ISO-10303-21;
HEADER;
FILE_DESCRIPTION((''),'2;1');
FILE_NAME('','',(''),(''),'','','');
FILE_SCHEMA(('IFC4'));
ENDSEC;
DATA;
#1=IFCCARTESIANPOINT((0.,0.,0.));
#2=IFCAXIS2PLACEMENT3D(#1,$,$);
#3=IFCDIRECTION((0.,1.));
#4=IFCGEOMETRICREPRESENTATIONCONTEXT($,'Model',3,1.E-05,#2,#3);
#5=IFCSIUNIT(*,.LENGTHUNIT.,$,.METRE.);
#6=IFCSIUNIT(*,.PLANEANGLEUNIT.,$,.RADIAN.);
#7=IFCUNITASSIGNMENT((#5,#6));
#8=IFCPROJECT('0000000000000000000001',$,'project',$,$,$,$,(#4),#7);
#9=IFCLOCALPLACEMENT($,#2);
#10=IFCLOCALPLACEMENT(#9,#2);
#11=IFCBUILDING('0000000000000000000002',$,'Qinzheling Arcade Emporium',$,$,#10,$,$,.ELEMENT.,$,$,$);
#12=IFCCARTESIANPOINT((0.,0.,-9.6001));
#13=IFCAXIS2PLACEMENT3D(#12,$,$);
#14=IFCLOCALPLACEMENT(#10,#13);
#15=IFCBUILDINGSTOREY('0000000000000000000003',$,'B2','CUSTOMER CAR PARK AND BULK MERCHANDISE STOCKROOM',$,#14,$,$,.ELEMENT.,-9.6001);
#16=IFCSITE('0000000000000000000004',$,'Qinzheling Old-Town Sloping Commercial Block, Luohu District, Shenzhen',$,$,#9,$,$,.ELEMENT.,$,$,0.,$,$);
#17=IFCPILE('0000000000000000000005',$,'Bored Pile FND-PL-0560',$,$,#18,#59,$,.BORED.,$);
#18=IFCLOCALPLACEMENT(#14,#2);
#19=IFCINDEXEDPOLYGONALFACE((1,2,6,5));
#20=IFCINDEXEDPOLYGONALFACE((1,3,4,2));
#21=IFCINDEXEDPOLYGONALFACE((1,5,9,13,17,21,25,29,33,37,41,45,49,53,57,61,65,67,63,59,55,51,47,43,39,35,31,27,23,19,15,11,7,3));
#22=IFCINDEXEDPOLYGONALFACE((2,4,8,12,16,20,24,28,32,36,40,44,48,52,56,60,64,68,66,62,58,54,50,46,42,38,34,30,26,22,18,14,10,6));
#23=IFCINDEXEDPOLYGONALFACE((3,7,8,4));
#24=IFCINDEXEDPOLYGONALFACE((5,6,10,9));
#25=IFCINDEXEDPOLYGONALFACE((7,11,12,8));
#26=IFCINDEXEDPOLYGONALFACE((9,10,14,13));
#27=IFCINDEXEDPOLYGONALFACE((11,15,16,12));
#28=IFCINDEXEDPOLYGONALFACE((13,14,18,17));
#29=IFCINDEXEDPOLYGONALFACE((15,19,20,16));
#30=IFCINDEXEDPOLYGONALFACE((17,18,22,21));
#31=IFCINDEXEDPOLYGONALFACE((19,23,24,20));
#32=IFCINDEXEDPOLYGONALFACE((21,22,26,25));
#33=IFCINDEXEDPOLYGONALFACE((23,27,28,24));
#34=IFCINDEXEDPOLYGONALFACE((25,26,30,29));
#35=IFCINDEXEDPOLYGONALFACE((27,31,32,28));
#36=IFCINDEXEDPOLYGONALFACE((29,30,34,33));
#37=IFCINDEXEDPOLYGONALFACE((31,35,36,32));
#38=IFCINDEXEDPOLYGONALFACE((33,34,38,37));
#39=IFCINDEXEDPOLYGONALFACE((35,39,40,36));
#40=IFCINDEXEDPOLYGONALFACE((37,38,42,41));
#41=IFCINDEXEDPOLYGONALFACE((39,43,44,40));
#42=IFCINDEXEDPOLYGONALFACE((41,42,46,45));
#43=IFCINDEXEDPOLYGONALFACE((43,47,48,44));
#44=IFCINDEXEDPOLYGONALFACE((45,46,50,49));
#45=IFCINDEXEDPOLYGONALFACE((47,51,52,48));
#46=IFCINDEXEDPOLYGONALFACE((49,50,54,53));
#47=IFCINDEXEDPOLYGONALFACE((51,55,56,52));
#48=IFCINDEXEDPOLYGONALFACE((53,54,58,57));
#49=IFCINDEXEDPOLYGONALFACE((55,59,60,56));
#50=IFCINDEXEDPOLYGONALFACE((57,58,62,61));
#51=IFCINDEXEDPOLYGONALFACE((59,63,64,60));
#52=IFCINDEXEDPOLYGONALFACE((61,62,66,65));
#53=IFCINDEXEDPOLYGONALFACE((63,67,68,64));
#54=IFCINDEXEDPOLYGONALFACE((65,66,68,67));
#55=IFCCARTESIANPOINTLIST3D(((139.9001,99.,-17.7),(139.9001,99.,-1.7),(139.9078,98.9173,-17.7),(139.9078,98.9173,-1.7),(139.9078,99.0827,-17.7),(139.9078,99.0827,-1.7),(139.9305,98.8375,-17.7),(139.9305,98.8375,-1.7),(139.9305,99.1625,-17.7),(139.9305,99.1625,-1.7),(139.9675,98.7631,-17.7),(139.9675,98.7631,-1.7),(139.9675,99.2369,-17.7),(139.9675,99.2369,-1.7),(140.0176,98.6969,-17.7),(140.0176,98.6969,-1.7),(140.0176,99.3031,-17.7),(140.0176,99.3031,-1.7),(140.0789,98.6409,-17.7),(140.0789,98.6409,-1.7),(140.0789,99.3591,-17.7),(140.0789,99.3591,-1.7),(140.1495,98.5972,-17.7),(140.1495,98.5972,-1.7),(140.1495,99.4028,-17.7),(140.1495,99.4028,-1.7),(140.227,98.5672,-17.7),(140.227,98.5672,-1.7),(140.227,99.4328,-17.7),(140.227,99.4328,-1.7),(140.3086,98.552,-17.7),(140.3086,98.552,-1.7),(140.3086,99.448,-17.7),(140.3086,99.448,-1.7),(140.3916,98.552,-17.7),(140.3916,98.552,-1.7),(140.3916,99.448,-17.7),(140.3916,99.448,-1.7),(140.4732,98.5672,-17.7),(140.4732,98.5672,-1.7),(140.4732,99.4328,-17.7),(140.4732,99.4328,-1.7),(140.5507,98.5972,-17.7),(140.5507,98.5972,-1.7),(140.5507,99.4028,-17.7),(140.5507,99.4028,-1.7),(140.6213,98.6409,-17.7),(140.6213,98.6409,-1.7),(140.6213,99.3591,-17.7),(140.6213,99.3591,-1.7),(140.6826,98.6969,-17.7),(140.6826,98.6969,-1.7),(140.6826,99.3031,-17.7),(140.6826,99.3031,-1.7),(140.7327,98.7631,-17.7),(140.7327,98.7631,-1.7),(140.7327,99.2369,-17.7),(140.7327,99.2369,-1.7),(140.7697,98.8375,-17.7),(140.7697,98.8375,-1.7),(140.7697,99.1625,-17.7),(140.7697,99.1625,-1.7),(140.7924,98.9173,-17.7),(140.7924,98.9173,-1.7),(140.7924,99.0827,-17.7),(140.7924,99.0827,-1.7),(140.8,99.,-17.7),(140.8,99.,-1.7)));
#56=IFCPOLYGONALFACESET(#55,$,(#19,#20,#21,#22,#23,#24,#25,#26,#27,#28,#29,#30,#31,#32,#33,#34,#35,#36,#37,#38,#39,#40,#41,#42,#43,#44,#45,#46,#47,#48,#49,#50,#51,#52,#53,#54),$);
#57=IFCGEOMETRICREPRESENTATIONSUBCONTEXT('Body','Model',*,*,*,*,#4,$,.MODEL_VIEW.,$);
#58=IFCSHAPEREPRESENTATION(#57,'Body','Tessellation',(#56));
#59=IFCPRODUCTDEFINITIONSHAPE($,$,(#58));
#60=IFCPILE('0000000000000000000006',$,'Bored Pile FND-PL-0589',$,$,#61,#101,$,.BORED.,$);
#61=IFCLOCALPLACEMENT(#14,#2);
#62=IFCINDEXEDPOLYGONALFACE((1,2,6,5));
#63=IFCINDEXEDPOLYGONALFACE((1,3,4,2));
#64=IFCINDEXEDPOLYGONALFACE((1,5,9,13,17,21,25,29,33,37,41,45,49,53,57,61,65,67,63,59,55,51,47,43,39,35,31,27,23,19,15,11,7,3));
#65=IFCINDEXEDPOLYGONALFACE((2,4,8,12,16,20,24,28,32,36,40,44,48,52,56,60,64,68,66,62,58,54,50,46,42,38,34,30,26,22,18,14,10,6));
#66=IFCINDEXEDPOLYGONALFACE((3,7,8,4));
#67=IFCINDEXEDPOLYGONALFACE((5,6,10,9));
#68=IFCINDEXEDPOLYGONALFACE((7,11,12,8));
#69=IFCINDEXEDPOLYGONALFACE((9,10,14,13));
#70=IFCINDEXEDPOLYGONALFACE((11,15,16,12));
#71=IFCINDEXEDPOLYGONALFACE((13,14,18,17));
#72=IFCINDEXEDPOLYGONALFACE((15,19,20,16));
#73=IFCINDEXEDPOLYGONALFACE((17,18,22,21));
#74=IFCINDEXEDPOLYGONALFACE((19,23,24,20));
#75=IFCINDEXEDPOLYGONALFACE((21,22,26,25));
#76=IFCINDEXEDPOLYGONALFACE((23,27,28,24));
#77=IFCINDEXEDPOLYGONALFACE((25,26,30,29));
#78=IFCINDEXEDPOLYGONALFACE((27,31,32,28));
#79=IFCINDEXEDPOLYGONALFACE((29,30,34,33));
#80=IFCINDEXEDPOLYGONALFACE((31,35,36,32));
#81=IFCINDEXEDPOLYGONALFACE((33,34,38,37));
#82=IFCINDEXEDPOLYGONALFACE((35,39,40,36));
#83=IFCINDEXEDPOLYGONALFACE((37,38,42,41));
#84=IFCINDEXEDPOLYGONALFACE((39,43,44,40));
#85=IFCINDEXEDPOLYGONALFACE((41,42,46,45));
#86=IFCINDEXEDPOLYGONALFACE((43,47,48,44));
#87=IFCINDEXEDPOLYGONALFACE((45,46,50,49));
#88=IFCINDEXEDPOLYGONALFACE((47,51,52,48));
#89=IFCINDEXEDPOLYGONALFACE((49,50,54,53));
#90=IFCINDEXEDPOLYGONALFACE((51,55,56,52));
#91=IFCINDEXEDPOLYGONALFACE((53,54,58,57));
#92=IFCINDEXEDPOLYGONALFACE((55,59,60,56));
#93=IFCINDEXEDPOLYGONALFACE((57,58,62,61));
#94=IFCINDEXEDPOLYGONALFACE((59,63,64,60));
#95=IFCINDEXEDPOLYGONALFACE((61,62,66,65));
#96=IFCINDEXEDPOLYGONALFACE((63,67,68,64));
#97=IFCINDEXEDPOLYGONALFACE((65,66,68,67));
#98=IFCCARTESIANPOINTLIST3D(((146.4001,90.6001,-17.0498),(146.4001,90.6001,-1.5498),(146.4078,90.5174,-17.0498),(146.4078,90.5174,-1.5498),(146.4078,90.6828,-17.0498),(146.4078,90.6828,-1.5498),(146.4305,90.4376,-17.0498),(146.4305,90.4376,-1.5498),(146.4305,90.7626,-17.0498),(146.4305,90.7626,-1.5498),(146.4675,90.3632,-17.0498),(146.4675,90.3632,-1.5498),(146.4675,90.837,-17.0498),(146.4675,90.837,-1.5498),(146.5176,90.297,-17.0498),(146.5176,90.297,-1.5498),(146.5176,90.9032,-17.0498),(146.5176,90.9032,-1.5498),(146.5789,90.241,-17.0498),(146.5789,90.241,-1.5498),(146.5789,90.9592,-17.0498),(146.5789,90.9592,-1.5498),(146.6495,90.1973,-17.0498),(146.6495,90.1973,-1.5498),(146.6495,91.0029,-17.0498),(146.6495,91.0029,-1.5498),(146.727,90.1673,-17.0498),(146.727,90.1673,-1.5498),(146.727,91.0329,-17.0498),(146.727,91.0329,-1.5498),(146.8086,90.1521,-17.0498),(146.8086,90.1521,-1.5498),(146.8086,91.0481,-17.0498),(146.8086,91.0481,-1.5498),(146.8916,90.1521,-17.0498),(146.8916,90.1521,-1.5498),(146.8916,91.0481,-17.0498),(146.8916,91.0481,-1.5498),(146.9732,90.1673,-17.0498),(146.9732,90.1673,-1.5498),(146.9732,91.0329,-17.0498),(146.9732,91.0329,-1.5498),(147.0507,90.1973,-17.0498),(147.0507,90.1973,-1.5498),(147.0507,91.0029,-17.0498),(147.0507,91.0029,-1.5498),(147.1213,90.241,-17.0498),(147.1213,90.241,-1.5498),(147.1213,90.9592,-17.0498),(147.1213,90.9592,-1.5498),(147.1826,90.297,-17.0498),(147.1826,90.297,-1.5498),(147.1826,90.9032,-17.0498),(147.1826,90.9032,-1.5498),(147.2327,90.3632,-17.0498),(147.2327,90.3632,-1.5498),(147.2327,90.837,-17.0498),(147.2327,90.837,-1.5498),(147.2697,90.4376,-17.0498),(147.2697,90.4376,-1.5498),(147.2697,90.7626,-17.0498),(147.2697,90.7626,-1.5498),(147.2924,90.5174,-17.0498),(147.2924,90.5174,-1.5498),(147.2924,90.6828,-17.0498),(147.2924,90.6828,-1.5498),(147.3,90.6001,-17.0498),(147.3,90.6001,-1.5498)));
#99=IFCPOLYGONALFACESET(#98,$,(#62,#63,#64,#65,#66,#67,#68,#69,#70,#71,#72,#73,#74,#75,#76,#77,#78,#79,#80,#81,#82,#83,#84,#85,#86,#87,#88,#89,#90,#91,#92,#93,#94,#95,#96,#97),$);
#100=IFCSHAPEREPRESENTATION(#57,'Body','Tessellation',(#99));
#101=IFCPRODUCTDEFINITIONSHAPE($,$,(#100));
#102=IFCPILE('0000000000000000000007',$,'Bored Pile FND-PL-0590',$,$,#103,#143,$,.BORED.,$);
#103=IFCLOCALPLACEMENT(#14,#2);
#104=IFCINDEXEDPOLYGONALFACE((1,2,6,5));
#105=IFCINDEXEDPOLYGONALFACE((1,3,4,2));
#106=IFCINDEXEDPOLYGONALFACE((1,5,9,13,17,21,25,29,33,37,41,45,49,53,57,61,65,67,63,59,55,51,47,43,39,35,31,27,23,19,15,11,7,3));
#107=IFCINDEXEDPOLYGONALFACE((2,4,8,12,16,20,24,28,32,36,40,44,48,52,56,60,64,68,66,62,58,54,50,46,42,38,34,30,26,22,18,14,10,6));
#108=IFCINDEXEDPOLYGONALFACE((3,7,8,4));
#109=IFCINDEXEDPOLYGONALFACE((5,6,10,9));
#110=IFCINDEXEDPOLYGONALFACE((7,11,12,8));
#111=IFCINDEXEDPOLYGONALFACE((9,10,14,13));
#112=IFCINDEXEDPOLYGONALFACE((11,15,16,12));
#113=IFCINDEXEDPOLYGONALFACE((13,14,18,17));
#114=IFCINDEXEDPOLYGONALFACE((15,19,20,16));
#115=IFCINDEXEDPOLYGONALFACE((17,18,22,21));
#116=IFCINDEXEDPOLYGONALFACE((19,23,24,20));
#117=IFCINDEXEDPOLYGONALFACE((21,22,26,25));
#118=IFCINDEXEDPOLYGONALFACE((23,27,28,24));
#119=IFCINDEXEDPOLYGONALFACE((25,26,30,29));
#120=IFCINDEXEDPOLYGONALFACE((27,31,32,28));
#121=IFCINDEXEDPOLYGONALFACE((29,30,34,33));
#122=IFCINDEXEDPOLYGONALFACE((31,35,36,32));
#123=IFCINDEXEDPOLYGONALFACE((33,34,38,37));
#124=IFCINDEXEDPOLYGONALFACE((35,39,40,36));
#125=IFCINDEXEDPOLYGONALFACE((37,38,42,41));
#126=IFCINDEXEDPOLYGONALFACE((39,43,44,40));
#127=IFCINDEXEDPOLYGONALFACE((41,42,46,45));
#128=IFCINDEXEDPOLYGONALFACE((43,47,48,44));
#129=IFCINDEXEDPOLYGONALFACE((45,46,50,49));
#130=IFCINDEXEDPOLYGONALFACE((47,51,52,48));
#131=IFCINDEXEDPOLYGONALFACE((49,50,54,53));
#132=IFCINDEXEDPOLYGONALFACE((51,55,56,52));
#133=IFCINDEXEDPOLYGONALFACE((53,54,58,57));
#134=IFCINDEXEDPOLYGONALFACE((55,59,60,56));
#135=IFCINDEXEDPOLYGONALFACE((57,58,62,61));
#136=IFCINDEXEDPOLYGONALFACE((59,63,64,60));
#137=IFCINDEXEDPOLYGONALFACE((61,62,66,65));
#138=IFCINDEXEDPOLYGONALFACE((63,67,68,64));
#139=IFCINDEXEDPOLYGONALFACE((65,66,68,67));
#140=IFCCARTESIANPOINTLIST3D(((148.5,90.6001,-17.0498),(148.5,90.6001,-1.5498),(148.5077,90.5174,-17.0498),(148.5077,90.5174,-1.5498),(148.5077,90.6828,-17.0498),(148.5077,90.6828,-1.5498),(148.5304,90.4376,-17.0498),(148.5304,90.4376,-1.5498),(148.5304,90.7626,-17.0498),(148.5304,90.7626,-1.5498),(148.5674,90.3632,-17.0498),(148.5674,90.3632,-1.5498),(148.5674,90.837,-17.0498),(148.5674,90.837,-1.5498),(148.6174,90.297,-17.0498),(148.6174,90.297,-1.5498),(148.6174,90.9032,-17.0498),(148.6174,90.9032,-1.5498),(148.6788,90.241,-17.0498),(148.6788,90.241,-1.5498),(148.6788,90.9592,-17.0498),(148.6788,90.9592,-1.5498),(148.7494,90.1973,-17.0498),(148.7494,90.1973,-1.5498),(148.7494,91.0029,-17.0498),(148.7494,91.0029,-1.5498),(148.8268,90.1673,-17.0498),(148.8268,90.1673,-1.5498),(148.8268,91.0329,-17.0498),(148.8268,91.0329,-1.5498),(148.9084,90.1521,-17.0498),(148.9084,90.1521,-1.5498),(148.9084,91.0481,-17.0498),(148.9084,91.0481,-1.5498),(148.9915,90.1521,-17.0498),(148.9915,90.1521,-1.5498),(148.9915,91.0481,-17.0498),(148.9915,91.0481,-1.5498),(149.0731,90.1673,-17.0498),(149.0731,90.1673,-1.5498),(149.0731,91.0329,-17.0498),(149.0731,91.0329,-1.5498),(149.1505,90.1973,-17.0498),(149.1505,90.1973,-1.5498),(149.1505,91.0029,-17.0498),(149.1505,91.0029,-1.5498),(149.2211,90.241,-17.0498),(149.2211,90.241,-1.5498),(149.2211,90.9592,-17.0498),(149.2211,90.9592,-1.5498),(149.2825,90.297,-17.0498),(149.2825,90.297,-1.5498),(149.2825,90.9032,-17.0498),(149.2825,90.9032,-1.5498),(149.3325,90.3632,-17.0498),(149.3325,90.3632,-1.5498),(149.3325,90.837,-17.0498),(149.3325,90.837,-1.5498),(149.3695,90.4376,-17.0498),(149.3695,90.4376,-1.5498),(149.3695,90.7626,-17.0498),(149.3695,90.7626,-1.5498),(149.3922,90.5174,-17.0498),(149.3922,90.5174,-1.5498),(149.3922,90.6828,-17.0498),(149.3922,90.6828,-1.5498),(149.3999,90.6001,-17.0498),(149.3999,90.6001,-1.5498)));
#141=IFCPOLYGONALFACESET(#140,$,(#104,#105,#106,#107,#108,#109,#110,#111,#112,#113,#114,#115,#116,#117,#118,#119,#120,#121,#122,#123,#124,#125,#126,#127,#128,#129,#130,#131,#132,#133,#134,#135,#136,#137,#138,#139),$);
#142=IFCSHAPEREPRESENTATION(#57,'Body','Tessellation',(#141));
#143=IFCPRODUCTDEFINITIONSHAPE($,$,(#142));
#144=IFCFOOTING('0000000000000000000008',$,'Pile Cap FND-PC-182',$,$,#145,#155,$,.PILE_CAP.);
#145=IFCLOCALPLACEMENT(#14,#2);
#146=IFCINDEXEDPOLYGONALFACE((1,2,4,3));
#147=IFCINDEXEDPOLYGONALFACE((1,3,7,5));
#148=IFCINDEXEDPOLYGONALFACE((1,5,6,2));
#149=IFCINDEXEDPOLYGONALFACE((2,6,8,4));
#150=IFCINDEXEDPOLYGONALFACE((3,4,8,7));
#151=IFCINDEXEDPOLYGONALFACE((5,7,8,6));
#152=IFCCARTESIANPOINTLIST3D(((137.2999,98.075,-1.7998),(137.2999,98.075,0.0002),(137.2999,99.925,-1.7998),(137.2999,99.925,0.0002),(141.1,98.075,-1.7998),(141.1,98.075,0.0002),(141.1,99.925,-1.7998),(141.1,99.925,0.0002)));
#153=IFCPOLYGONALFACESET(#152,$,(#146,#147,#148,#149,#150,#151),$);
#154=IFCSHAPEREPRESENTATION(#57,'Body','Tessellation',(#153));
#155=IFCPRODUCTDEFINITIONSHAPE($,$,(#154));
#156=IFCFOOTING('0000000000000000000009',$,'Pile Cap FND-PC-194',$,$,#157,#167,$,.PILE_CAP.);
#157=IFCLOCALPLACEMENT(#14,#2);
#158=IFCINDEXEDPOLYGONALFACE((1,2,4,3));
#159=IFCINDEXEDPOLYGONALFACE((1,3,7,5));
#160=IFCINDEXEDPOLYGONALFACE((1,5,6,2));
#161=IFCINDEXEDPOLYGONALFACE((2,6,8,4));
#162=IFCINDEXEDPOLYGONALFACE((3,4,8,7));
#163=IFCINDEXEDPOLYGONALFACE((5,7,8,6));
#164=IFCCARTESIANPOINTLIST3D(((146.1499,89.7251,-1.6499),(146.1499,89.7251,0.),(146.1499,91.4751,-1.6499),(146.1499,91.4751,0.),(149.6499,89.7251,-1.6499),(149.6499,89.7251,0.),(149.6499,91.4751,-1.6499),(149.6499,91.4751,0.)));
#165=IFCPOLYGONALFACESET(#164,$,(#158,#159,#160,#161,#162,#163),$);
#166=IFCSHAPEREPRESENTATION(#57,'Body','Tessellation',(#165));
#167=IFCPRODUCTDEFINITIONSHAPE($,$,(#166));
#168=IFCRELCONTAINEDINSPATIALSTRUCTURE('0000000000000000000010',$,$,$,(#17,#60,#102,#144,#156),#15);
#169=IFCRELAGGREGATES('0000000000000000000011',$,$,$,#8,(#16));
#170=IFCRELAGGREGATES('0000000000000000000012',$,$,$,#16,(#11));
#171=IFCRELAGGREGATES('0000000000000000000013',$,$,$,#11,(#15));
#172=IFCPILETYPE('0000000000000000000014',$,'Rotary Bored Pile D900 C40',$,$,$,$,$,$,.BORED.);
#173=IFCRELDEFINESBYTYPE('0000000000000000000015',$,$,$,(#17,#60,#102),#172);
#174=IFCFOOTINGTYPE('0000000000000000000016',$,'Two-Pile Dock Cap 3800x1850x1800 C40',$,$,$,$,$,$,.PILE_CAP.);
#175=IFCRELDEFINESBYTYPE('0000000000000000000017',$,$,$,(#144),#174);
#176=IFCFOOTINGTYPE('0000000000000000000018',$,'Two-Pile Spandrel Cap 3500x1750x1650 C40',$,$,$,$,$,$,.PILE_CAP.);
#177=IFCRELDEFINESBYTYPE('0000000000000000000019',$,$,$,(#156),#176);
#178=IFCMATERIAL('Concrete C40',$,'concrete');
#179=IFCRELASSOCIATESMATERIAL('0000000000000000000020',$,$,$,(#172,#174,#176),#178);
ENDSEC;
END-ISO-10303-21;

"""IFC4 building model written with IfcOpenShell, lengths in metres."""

from ifc_helpers import new_model, si_unit, direction, frame, origin, origin_2d, place, context, subcontext, project, spatial, rectangle, circle, extrude, material, material_profile, profile_set, type_object, element, save


model = new_model("IFC4")

# Units and contexts
model_context = context("Model", 3, precision=1e-05, world=origin(), true_north=direction((0.0, 1.0)))
body_context = subcontext(model_context, "Body", "Model", "MODEL_VIEW")
ifc_project = project(units=[si_unit("LENGTHUNIT", "METRE"), si_unit("PLANEANGLEUNIT", "RADIAN")], contexts=[model_context])

# Site, building, storey
site_placement = place(None, origin())
site = spatial("IfcSite", under=ifc_project, at=site_placement, Name="Qinzheling Old-Town Sloping Commercial Block, Luohu District, Shenzhen", CompositionType="ELEMENT", RefElevation=0.0)
building_placement = place(site_placement, origin())
building = spatial("IfcBuilding", under=site, at=building_placement, Name="Qinzheling Arcade Emporium", CompositionType="ELEMENT")
storey_placement = place(building_placement, frame((0.0, 0.0, -9.6001)))
storey = spatial("IfcBuildingStorey", under=building, at=storey_placement, Name="B2", Description="CUSTOMER CAR PARK AND BULK MERCHANDISE STOCKROOM", CompositionType="ELEMENT", Elevation=-9.6001)

# Shared definitions
ifc_material_1 = material(Name="Concrete C40", Category="concrete")

# Piles
ifc_material_profile_1 = material_profile(ifc_material_1, circle(Radius=0.45, at=origin_2d()), Name="BORED D900", Category="concrete")
ifc_profile_set_1 = profile_set([ifc_material_profile_1], Name="Concrete C40")
pile_type_1 = type_object("IfcPileType", Name="Rotary Bored Pile D900 C40", PredefinedType="BORED", material=ifc_profile_set_1)
for number, where, z_axis, x_axis, name in (
    (1, (140.3501, 99.0, -1.7), (0.0, 0.0, -1.0), (1.0, 0.0, 0.0), "Bored Pile FND-PL-0560"),
):
    element("IfcPile", number, at=place(storey_placement, frame(where, z_axis=z_axis, x_axis=x_axis)), inside=storey, type_object=pile_type_1, Name=name, PredefinedType="BORED", context=body_context, shape_type="SweptSolid", body=[
        extrude(circle(Radius=0.45, at=origin_2d()), origin(), (0.0, 0.0, 1.0), 16.0),
    ])
for number, where, z_axis, x_axis, name in (
    (2, (146.8501, 90.6001, -1.5498), (0.0, 0.0, -1.0), (1.0, 0.0, 0.0), "Bored Pile FND-PL-0589"),
    (3, (148.95, 90.6001, -1.5498), (0.0, 0.0, -1.0), (1.0, 0.0, 0.0), "Bored Pile FND-PL-0590"),
):
    element("IfcPile", number, at=place(storey_placement, frame(where, z_axis=z_axis, x_axis=x_axis)), inside=storey, type_object=pile_type_1, Name=name, PredefinedType="BORED", context=body_context, shape_type="SweptSolid", body=[
        extrude(circle(Radius=0.45, at=origin_2d()), origin(), (0.0, 0.0, 1.0), 15.5),
    ])

# Footings
footing_type_1 = type_object("IfcFootingType", Name="Two-Pile Dock Cap 3800x1850x1800 C40", PredefinedType="PILE_CAP", material=ifc_material_1)
footing_1_placement = place(storey_placement, frame((139.2, 99.0, -1.7998), z_axis=(0.0, 0.0, 1.0), x_axis=(1.0, 0.0, 0.0)))
element("IfcFooting", 4, at=footing_1_placement, inside=storey, type_object=footing_type_1, Name="Pile Cap FND-PC-182", PredefinedType="PILE_CAP", context=body_context, shape_type="SweptSolid", body=[
    extrude(rectangle(XDim=3.8, YDim=1.8501, at=origin_2d()), origin(), (0.0, 0.0, 1.0), 1.8),
])
footing_type_2 = type_object("IfcFootingType", Name="Two-Pile Spandrel Cap 3500x1750x1650 C40", PredefinedType="PILE_CAP", material=ifc_material_1)
footing_2_placement = place(storey_placement, frame((147.8999, 90.6001, -1.6499), z_axis=(0.0, 0.0, 1.0), x_axis=(1.0, 0.0, 0.0)))
element("IfcFooting", 5, at=footing_2_placement, inside=storey, type_object=footing_type_2, Name="Pile Cap FND-PC-194", PredefinedType="PILE_CAP", context=body_context, shape_type="SweptSolid", body=[
    extrude(rectangle(XDim=3.5, YDim=1.75, at=origin_2d()), origin(), (0.0, 0.0, 1.0), 1.6499),
])

save(model, "model.ifc")
